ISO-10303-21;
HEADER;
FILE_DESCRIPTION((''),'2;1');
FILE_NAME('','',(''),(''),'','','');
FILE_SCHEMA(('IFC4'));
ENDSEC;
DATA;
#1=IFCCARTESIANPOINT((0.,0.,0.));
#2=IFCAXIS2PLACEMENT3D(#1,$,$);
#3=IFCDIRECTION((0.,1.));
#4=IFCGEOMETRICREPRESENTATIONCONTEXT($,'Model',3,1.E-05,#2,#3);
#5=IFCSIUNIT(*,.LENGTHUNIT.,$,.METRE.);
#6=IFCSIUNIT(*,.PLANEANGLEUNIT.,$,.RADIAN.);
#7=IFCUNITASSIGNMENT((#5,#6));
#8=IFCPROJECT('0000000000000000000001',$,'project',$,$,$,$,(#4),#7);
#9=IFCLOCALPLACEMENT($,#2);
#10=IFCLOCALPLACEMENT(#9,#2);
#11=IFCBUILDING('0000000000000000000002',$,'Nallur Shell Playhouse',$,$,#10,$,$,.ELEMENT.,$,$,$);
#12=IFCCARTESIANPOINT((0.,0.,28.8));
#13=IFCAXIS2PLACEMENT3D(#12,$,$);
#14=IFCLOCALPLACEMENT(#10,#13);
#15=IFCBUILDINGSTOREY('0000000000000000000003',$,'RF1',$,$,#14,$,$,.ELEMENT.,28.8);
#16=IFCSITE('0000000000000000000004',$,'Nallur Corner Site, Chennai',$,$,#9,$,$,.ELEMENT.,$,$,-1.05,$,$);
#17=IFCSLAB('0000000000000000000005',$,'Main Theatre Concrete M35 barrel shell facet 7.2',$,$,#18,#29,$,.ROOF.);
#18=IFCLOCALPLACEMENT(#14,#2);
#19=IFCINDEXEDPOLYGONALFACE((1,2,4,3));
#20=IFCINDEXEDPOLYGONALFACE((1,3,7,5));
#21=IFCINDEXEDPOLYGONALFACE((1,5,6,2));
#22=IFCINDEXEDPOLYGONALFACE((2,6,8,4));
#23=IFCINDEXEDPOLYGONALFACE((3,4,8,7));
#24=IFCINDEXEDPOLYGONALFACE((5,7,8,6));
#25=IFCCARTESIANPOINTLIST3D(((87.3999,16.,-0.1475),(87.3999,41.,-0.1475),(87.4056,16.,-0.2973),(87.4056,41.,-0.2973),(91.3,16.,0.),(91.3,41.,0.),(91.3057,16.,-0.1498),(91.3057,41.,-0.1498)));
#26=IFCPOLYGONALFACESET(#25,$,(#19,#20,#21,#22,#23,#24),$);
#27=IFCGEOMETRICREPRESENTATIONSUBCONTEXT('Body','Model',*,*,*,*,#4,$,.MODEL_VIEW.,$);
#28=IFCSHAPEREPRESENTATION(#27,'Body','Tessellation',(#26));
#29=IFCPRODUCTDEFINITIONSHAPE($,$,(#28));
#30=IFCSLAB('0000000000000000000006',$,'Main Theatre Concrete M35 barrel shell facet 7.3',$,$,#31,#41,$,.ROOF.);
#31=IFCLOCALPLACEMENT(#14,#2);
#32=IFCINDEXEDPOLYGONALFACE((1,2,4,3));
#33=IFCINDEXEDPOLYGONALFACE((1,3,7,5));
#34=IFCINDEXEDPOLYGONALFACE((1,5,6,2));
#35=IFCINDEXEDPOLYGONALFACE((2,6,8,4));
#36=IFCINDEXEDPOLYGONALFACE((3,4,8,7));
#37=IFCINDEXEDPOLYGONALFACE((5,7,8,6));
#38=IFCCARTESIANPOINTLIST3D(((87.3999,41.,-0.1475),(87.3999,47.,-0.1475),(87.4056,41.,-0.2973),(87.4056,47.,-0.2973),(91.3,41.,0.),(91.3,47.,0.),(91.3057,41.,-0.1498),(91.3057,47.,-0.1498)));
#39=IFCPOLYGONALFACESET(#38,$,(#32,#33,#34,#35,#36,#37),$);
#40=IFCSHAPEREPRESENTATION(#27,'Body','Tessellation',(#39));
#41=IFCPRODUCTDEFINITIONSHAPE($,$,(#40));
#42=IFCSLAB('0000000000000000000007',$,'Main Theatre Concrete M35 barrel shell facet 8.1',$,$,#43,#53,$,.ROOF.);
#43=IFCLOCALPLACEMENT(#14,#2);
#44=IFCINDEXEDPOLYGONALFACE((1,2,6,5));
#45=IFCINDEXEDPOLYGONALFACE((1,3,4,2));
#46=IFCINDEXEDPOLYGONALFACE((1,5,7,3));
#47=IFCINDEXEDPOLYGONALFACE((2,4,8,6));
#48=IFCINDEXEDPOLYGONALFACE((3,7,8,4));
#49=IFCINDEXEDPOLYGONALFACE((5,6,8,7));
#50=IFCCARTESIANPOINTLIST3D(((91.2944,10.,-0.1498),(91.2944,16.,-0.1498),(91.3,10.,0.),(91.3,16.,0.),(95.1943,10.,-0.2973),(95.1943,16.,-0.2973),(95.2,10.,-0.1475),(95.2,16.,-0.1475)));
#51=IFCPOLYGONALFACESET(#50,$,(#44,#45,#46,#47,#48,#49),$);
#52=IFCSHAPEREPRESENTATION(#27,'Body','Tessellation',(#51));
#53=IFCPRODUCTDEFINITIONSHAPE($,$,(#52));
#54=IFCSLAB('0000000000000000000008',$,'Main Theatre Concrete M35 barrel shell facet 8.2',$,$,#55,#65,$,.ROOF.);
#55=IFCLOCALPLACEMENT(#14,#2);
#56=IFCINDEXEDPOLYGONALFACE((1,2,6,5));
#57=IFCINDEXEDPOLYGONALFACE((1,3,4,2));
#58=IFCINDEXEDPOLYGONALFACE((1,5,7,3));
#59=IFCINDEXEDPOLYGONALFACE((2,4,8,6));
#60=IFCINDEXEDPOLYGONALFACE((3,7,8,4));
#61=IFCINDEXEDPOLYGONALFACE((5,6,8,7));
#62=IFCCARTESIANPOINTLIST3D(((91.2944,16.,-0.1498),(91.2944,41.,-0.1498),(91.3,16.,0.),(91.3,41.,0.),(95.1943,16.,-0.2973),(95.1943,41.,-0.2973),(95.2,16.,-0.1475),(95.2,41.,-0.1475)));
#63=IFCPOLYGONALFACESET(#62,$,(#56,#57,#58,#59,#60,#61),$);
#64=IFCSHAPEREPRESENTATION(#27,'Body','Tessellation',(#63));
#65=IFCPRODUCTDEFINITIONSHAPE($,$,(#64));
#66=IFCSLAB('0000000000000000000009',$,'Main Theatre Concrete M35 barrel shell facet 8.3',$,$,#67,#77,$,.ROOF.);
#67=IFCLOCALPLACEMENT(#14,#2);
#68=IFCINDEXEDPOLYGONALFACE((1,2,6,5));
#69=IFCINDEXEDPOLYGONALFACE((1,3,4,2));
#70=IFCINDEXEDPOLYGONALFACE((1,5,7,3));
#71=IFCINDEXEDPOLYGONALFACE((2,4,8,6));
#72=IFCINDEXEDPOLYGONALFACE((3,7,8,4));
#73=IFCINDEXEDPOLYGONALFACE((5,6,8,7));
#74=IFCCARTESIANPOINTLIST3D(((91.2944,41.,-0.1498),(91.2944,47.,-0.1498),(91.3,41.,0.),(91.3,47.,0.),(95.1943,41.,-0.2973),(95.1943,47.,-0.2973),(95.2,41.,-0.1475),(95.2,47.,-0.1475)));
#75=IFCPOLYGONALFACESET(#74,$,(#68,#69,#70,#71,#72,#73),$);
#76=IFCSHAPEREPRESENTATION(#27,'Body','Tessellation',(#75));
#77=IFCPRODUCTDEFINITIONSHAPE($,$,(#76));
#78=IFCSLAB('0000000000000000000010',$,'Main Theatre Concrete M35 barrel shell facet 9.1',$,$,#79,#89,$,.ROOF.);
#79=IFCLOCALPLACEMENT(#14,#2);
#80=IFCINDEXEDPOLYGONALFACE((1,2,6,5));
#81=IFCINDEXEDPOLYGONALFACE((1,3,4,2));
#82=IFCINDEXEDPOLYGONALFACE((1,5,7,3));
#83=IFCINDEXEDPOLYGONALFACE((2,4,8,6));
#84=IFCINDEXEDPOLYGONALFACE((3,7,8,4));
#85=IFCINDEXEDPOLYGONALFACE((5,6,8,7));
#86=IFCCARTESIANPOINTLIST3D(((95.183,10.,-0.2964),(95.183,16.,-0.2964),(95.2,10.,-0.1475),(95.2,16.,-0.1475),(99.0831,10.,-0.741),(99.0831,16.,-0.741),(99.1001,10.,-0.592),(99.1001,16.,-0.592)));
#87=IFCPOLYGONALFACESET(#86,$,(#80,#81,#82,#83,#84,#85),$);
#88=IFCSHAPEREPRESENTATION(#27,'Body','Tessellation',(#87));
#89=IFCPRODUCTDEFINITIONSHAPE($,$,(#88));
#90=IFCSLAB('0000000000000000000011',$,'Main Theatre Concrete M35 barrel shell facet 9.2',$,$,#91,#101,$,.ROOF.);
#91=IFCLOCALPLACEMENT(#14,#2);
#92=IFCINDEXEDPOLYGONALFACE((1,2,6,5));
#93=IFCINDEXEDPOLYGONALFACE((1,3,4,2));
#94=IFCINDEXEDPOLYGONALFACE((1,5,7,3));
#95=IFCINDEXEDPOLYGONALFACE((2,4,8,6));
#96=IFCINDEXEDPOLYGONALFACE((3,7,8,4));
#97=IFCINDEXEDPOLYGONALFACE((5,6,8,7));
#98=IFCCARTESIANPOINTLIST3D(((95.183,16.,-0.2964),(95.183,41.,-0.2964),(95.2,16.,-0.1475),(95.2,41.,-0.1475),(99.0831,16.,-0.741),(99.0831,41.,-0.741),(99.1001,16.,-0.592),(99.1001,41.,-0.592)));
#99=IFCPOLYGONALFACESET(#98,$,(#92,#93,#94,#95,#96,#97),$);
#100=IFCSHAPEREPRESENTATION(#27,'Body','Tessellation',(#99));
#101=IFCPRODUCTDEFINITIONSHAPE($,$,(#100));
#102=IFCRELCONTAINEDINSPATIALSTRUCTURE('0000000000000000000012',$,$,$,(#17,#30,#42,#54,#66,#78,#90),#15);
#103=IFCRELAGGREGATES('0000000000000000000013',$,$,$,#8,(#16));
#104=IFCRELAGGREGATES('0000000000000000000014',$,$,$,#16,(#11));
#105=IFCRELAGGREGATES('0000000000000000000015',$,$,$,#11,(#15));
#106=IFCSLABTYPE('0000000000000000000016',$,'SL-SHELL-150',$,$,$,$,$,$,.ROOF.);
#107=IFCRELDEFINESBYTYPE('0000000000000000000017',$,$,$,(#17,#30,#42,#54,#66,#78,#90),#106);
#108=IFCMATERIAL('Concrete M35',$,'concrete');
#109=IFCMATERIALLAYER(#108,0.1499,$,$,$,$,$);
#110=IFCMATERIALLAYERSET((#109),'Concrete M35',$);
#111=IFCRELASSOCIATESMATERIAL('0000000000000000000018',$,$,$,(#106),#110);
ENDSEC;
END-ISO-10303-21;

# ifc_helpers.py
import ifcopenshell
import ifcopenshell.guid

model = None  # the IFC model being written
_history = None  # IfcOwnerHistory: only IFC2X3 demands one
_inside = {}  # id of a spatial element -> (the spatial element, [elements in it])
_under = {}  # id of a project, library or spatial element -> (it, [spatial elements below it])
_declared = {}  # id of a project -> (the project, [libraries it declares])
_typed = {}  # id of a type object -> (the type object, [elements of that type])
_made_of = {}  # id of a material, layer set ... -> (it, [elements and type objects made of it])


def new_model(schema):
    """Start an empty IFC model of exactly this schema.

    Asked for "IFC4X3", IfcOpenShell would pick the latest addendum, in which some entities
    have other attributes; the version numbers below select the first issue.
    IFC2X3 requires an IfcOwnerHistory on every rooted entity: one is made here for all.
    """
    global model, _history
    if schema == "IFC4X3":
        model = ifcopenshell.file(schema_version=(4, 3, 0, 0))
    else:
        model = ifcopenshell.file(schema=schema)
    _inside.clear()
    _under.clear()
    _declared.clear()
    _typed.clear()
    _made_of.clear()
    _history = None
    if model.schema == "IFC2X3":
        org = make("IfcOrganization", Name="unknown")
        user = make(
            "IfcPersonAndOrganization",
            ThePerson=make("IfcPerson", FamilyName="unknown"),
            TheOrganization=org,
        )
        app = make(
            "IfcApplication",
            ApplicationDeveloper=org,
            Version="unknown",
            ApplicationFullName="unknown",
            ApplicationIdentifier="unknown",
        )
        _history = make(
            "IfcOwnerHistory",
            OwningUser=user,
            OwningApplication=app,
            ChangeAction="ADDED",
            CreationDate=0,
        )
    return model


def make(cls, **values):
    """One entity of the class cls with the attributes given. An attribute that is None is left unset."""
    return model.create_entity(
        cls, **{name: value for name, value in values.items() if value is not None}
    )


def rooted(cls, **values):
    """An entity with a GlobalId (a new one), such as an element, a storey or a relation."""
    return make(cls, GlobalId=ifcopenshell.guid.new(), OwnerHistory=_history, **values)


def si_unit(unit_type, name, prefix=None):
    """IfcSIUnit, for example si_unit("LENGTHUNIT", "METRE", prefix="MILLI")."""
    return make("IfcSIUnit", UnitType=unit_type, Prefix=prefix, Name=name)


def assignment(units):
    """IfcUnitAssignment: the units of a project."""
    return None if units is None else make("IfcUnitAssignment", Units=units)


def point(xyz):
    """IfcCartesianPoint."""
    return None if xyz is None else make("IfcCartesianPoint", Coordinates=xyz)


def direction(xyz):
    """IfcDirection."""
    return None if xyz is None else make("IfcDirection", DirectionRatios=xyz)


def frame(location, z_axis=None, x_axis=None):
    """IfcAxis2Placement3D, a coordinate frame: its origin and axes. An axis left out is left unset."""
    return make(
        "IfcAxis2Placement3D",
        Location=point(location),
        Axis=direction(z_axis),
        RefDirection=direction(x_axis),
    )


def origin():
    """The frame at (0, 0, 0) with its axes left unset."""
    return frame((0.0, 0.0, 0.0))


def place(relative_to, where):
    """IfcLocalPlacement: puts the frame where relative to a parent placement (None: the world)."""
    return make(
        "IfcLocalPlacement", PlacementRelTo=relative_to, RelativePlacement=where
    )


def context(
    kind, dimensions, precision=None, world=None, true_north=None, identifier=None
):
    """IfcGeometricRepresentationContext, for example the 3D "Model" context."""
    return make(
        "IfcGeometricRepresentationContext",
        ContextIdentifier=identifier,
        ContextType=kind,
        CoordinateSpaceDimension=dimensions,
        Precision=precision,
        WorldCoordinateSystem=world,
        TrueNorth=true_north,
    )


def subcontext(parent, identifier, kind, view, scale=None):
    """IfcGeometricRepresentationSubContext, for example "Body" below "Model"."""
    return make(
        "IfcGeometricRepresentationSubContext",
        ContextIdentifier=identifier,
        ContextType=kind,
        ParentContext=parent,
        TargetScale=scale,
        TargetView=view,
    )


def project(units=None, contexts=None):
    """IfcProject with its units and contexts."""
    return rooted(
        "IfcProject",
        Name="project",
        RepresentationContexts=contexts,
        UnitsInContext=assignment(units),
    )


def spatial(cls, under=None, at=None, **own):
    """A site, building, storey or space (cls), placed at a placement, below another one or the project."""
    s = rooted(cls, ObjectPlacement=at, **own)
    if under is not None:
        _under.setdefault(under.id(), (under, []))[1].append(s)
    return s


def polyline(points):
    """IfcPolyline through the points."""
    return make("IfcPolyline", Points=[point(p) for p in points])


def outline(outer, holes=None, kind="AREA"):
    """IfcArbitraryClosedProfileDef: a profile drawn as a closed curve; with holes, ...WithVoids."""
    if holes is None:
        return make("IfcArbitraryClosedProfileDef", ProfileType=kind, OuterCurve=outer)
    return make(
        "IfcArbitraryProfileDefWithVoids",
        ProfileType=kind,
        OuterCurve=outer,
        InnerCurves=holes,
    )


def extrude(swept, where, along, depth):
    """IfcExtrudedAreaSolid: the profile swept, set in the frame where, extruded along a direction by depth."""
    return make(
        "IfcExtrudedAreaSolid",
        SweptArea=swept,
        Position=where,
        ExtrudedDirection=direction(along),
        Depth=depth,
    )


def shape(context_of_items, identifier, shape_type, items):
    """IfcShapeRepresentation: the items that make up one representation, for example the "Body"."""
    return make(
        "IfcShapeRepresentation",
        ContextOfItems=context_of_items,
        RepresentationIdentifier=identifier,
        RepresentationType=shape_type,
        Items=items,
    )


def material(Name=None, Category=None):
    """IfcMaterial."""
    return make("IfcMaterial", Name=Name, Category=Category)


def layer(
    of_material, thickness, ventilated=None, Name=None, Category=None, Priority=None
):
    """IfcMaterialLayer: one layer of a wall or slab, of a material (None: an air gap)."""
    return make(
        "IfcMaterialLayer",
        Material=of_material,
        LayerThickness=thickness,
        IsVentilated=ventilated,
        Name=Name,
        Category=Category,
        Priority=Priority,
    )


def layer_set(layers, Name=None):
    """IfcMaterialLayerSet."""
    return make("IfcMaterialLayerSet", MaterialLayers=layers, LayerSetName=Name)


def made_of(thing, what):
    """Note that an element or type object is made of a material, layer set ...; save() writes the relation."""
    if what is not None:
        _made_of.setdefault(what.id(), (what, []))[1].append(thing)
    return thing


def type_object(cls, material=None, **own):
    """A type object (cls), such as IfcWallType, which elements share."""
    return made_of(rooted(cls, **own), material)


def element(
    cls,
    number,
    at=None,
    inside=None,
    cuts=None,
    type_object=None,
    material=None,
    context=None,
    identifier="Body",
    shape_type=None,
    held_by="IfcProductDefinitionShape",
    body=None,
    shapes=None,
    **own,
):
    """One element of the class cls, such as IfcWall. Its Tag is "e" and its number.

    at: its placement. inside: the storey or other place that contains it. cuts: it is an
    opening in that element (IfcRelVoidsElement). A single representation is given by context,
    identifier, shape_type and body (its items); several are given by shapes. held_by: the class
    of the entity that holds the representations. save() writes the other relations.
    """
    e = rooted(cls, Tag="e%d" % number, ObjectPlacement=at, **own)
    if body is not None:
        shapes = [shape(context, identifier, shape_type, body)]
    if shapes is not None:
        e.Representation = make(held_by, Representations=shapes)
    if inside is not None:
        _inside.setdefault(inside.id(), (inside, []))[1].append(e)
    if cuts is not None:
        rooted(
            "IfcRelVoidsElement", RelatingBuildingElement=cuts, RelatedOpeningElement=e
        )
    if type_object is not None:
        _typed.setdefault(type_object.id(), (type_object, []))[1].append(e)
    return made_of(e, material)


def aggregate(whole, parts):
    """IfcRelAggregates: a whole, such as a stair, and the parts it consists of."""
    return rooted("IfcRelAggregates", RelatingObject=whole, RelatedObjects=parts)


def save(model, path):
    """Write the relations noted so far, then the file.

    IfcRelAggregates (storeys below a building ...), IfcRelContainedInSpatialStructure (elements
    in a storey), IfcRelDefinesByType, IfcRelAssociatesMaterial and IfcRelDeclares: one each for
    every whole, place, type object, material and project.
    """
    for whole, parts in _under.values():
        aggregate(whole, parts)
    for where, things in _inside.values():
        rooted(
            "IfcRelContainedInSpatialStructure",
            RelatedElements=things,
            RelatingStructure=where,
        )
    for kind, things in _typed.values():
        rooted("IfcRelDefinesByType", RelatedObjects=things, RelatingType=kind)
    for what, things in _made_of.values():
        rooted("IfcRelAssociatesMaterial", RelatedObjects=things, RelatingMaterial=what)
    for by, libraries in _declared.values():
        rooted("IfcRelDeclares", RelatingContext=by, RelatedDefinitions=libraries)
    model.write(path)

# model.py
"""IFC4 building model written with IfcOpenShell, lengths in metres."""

from ifc_helpers import new_model, si_unit, direction, frame, origin, place, context, subcontext, project, spatial, polyline, outline, extrude, material, layer, layer_set, type_object, element, save


model = new_model("IFC4")

# Units and contexts
model_context = context("Model", 3, precision=1e-05, world=origin(), true_north=direction((0.0, 1.0)))
body_context = subcontext(model_context, "Body", "Model", "MODEL_VIEW")
ifc_project = project(units=[si_unit("LENGTHUNIT", "METRE"), si_unit("PLANEANGLEUNIT", "RADIAN")], contexts=[model_context])

# Site, building, storey
site_placement = place(None, origin())
site = spatial("IfcSite", under=ifc_project, at=site_placement, Name="Nallur Corner Site, Chennai", CompositionType="ELEMENT", RefElevation=-1.05)
building_placement = place(site_placement, origin())
building = spatial("IfcBuilding", under=site, at=building_placement, Name="Nallur Shell Playhouse", CompositionType="ELEMENT")
storey_placement = place(building_placement, frame((0.0, 0.0, 28.8)))
storey = spatial("IfcBuildingStorey", under=building, at=storey_placement, Name="RF1", CompositionType="ELEMENT", Elevation=28.8)

# Slabs
ifc_material_1 = material(Name="Concrete M35", Category="concrete")
ifc_layer = layer(ifc_material_1, 0.1499)
ifc_layer_set = layer_set([ifc_layer], Name="Concrete M35")
slab_type = type_object("IfcSlabType", Name="SL-SHELL-150", PredefinedType="ROOF", material=ifc_layer_set)
slab_1_placement = place(storey_placement, frame((87.3999, 16.0, -0.1475), z_axis=(-0.037782, 0.0, 0.999286), x_axis=(0.999286, 0.0, 0.037782)))
element("IfcSlab", 1, at=slab_1_placement, inside=storey, type_object=slab_type, Name="Main Theatre Concrete M35 barrel shell facet 7.2", PredefinedType="ROOF", context=body_context, shape_type="SweptSolid", body=[
    extrude(outline(polyline([(0.0, 0.0), (3.9029, 0.0), (3.9029, 25.0), (0.0, 25.0), (0.0, 0.0)])), origin(), (0.0, 0.0, -1.0), 0.1499),
])
slab_2_placement = place(storey_placement, frame((87.3999, 41.0, -0.1475), z_axis=(-0.037782, 0.0, 0.999286), x_axis=(0.999286, 0.0, 0.037782)))
element("IfcSlab", 2, at=slab_2_placement, inside=storey, type_object=slab_type, Name="Main Theatre Concrete M35 barrel shell facet 7.3", PredefinedType="ROOF", context=body_context, shape_type="SweptSolid", body=[
    extrude(outline(polyline([(0.0, 0.0), (3.9029, 0.0), (3.9029, 6.0), (0.0, 6.0), (0.0, 0.0)])), origin(), (0.0, 0.0, -1.0), 0.1499),
])
slab_3_placement = place(storey_placement, frame((91.3, 10.0, 0.0), z_axis=(0.037784, 0.0, 0.999286), x_axis=(0.999286, 0.0, -0.037784)))
element("IfcSlab", 3, at=slab_3_placement, inside=storey, type_object=slab_type, Name="Main Theatre Concrete M35 barrel shell facet 8.1", PredefinedType="ROOF", context=body_context, shape_type="SweptSolid", body=[
    extrude(outline(polyline([(0.0, 0.0), (3.9027, 0.0), (3.9027, 6.0), (0.0, 6.0), (0.0, 0.0)])), origin(), (0.0, 0.0, -1.0), 0.1499),
])
slab_4_placement = place(storey_placement, frame((91.3, 16.0, 0.0), z_axis=(0.037784, 0.0, 0.999286), x_axis=(0.999286, 0.0, -0.037784)))
element("IfcSlab", 4, at=slab_4_placement, inside=storey, type_object=slab_type, Name="Main Theatre Concrete M35 barrel shell facet 8.2", PredefinedType="ROOF", context=body_context, shape_type="SweptSolid", body=[
    extrude(outline(polyline([(0.0, 0.0), (3.9027, 0.0), (3.9027, 25.0), (0.0, 25.0), (0.0, 0.0)])), origin(), (0.0, 0.0, -1.0), 0.1499),
])
slab_5_placement = place(storey_placement, frame((91.3, 41.0, 0.0), z_axis=(0.037784, 0.0, 0.999286), x_axis=(0.999286, 0.0, -0.037784)))
element("IfcSlab", 5, at=slab_5_placement, inside=storey, type_object=slab_type, Name="Main Theatre Concrete M35 barrel shell facet 8.3", PredefinedType="ROOF", context=body_context, shape_type="SweptSolid", body=[
    extrude(outline(polyline([(0.0, 0.0), (3.9027, 0.0), (3.9027, 6.0), (0.0, 6.0), (0.0, 0.0)])), origin(), (0.0, 0.0, -1.0), 0.1499),
])
slab_6_placement = place(storey_placement, frame((95.2, 10.0, -0.1475), z_axis=(0.113257, 0.0, 0.993566), x_axis=(0.993566, 0.0, -0.113257)))
element("IfcSlab", 6, at=slab_6_placement, inside=storey, type_object=slab_type, Name="Main Theatre Concrete M35 barrel shell facet 9.1", PredefinedType="ROOF", context=body_context, shape_type="SweptSolid", body=[
    extrude(outline(polyline([(0.0, 0.0), (3.9254, 0.0), (3.9254, 6.0), (0.0, 6.0), (0.0, 0.0)])), origin(), (0.0, 0.0, -1.0), 0.1499),
])
slab_7_placement = place(storey_placement, frame((95.2, 16.0, -0.1475), z_axis=(0.113257, 0.0, 0.993566), x_axis=(0.993566, 0.0, -0.113257)))
element("IfcSlab", 7, at=slab_7_placement, inside=storey, type_object=slab_type, Name="Main Theatre Concrete M35 barrel shell facet 9.2", PredefinedType="ROOF", context=body_context, shape_type="SweptSolid", body=[
    extrude(outline(polyline([(0.0, 0.0), (3.9254, 0.0), (3.9254, 25.0), (0.0, 25.0), (0.0, 0.0)])), origin(), (0.0, 0.0, -1.0), 0.1499),
])

save(model, "model.ifc")
